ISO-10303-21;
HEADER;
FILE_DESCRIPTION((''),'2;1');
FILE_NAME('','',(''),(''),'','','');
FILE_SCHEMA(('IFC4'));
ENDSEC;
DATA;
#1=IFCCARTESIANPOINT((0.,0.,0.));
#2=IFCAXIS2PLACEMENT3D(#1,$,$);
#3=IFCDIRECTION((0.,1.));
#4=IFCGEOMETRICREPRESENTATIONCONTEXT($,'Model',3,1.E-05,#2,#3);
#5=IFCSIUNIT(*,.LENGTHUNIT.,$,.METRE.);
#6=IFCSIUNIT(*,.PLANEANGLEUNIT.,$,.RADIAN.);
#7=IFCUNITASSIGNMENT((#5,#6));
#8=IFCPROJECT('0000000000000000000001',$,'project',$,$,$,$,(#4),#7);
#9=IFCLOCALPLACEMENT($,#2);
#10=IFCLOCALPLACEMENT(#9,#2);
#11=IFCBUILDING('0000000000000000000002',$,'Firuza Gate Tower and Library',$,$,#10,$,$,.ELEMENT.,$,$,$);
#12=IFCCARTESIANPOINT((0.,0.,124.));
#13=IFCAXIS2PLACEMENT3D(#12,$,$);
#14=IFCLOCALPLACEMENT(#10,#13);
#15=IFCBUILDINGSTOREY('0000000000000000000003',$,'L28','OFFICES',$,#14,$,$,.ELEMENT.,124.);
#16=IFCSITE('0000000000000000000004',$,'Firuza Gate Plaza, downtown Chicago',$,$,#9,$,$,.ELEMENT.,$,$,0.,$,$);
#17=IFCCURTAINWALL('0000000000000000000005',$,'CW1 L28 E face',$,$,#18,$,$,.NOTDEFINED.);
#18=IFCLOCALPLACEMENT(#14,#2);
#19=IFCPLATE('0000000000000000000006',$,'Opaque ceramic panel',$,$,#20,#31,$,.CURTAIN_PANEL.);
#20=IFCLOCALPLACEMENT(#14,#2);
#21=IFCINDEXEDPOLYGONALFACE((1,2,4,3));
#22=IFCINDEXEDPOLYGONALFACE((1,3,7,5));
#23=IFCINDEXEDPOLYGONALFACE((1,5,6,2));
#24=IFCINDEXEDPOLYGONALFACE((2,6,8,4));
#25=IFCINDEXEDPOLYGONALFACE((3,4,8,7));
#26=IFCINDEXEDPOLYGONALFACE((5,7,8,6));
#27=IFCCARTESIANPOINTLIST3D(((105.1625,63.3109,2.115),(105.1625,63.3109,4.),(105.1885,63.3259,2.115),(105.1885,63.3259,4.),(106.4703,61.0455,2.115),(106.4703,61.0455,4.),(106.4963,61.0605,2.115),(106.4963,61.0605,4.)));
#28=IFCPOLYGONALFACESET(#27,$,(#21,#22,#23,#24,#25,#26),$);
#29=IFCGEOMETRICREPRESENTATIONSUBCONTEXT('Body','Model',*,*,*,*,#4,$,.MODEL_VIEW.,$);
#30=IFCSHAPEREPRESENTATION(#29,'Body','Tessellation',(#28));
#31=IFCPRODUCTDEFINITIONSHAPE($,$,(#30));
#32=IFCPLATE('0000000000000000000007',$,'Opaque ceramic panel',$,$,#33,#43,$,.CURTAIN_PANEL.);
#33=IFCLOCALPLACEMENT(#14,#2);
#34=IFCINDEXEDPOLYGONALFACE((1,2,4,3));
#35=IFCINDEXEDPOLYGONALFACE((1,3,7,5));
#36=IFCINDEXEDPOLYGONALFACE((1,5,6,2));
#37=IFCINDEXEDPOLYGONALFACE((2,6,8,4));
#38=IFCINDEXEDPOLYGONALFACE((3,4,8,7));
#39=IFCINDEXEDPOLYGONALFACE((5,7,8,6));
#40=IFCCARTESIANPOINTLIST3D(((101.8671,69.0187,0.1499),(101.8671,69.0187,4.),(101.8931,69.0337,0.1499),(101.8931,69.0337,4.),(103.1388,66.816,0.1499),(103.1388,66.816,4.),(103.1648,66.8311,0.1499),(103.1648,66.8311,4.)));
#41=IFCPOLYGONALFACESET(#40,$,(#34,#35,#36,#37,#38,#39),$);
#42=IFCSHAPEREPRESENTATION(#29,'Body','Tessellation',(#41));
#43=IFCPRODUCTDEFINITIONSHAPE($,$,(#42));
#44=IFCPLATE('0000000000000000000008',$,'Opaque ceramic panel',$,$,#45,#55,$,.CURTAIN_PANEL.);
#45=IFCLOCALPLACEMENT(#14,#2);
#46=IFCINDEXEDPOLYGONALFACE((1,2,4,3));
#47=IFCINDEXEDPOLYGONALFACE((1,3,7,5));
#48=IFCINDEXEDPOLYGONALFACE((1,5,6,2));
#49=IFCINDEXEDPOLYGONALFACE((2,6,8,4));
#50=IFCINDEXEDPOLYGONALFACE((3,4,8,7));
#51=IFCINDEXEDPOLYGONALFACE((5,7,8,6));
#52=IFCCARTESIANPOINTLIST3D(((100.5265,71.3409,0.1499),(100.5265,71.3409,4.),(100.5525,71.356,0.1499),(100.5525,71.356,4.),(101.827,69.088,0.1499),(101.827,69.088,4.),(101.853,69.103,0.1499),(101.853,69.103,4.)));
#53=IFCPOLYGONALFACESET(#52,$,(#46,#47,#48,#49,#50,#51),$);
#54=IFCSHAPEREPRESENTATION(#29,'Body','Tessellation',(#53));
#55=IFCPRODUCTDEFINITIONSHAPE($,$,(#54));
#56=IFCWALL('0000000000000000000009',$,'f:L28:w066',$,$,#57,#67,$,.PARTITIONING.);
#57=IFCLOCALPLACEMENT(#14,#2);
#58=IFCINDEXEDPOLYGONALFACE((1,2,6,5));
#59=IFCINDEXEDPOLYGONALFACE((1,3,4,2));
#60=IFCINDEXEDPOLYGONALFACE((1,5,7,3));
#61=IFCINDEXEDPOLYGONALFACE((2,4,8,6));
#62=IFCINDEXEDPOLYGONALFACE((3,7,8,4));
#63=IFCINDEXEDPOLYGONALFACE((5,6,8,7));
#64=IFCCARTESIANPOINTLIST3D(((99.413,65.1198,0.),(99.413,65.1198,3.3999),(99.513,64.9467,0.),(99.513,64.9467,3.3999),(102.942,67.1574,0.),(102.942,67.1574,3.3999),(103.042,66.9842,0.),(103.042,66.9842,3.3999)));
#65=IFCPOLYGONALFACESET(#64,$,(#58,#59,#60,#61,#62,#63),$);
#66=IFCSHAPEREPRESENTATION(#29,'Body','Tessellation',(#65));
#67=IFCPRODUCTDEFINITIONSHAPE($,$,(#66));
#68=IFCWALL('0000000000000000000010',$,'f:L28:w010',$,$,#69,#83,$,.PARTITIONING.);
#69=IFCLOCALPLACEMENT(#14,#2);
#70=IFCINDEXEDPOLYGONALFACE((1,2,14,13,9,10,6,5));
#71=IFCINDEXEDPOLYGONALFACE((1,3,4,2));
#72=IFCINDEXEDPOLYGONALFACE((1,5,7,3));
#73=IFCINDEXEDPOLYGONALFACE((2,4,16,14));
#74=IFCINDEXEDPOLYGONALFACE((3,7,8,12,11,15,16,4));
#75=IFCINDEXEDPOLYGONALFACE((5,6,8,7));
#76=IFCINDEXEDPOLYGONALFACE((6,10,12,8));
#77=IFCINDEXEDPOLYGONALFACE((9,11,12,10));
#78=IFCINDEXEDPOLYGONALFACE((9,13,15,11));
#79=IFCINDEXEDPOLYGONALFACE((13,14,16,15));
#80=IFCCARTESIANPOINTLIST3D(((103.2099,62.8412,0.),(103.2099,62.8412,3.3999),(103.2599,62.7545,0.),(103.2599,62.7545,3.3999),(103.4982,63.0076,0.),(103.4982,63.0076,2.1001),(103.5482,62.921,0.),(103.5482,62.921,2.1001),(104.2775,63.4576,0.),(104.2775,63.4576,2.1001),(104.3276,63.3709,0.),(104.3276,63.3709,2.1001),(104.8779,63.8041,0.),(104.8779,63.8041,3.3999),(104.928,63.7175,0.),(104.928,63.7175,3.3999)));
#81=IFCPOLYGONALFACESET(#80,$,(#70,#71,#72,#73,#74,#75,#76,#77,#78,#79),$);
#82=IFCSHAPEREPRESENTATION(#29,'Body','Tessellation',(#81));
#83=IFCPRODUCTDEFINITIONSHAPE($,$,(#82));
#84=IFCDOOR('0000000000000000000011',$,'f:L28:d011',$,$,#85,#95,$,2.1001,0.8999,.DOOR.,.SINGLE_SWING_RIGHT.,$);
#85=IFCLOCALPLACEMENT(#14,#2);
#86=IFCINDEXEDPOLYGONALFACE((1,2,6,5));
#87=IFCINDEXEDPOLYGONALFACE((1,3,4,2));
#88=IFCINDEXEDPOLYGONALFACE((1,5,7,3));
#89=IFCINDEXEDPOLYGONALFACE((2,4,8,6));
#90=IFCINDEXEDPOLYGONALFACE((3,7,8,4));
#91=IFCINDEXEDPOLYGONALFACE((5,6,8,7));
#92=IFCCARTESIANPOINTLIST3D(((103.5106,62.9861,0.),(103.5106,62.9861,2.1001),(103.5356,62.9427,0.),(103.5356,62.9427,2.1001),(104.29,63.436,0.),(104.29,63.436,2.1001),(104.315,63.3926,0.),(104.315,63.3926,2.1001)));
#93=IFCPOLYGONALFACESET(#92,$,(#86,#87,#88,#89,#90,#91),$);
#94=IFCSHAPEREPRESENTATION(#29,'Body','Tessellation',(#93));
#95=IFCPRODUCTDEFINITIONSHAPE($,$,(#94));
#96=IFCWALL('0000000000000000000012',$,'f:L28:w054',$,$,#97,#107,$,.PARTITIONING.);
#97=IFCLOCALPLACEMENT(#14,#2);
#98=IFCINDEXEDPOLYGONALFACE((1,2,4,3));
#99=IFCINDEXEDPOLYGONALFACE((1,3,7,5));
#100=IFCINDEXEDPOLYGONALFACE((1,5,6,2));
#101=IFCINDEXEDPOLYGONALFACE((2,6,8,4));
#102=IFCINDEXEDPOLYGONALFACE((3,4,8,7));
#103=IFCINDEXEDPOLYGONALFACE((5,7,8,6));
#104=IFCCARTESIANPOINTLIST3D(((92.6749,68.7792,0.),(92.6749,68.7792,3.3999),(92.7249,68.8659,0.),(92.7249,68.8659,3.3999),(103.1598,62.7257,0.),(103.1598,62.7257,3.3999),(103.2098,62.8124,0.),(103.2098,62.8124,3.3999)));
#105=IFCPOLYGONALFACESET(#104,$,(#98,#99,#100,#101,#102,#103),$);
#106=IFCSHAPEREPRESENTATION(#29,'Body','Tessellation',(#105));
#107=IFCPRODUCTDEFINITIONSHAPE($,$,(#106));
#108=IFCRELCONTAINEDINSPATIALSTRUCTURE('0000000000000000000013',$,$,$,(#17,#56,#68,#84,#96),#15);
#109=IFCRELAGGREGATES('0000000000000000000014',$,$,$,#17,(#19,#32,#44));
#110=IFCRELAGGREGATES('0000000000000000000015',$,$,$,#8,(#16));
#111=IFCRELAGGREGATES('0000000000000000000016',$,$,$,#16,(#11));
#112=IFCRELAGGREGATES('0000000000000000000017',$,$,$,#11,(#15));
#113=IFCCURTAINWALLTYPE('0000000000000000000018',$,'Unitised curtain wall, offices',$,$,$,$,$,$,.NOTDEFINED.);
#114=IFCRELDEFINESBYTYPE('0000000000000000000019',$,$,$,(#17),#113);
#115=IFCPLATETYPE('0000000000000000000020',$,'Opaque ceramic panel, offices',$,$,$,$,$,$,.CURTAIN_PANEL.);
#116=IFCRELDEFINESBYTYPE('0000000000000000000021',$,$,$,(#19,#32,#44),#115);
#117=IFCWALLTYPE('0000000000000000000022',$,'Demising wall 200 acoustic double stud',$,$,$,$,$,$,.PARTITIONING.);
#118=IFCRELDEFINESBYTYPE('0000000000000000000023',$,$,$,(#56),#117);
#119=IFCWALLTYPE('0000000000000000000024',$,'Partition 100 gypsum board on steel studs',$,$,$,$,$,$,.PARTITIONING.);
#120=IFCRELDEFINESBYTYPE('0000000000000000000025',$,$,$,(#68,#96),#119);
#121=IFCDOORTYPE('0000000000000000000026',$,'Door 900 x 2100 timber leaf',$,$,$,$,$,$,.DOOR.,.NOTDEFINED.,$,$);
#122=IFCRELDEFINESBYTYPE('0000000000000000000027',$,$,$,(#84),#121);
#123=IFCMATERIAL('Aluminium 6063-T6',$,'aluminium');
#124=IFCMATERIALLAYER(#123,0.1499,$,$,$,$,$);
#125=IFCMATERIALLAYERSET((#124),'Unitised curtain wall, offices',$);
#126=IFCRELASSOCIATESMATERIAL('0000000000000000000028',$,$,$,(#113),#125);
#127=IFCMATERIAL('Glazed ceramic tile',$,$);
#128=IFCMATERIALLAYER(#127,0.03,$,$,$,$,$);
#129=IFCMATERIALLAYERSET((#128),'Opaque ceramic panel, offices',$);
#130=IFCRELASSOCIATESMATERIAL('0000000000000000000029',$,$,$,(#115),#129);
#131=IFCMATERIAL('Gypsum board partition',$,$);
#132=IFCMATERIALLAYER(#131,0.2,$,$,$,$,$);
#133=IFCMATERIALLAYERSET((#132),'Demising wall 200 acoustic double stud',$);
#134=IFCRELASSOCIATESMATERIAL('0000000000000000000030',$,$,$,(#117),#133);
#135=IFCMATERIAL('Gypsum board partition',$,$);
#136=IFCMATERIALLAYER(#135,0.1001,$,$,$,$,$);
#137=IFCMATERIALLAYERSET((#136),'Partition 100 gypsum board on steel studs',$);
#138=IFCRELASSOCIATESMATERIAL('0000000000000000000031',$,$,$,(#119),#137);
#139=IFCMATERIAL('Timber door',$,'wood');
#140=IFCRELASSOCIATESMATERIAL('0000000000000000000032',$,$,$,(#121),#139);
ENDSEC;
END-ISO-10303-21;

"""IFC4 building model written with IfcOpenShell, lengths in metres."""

from ifc_helpers import new_model, si_unit, direction, frame, frame_2d, origin, place, context, subcontext, project, spatial, polyline, rectangle, outline, extrude, material, layer, layer_set, type_object, element, fill, aggregate, save


model = new_model("IFC4")

# Units and contexts
model_context = context("Model", 3, precision=1e-05, world=origin(), true_north=direction((0.0, 1.0)))
body_context = subcontext(model_context, "Body", "Model", "MODEL_VIEW")
ifc_project = project(units=[si_unit("LENGTHUNIT", "METRE"), si_unit("PLANEANGLEUNIT", "RADIAN")], contexts=[model_context])

# Site, building, storey
site_placement = place(None, origin())
site = spatial("IfcSite", under=ifc_project, at=site_placement, Name="Firuza Gate Plaza, downtown Chicago", CompositionType="ELEMENT", RefElevation=0.0)
building_placement = place(site_placement, origin())
building = spatial("IfcBuilding", under=site, at=building_placement, Name="Firuza Gate Tower and Library", CompositionType="ELEMENT")
storey_placement = place(building_placement, frame((0.0, 0.0, 124.0)))
storey = spatial("IfcBuildingStorey", under=building, at=storey_placement, Name="L28", Description="OFFICES", CompositionType="ELEMENT", Elevation=124.0)

# Curtain wall
ifc_material_1 = material(Name="Aluminium 6063-T6", Category="aluminium")
ifc_layer_1 = layer(ifc_material_1, 0.1499)
ifc_layer_set_1 = layer_set([ifc_layer_1], Name="Unitised curtain wall, offices")
curtain_wall_type = type_object("IfcCurtainWallType", Name="Unitised curtain wall, offices", PredefinedType="NOTDEFINED", material=ifc_layer_set_1)
curtain_wall_placement = place(storey_placement, origin())
curtain_wall = element("IfcCurtainWall", 1, at=curtain_wall_placement, inside=storey, type_object=curtain_wall_type, Name="CW1 L28 E face", PredefinedType="NOTDEFINED")

# Plates
ifc_material_2 = material(Name="Glazed ceramic tile")
ifc_layer_2 = layer(ifc_material_2, 0.03)
ifc_layer_set_2 = layer_set([ifc_layer_2], Name="Opaque ceramic panel, offices")
plate_type_1 = type_object("IfcPlateType", Name="Opaque ceramic panel, offices", PredefinedType="CURTAIN_PANEL", material=ifc_layer_set_2)
plate_1_placement = place(storey_placement, frame((106.4963, 61.0605, 2.115), z_axis=(0.866035, 0.499984, 0.0), x_axis=(-0.499984, 0.866035, 0.0)))
plate_1 = element("IfcPlate", 2, at=plate_1_placement, type_object=plate_type_1, Name="Opaque ceramic panel", PredefinedType="CURTAIN_PANEL", context=body_context, shape_type="SweptSolid", body=[
    extrude(outline(polyline([(0.0, 0.0), (2.6158, 0.0), (2.6158, 1.885), (0.0, 1.885), (0.0, 0.0)])), origin(), (0.0, 0.0, -1.0), 0.03),
])
plate_2_placement = place(storey_placement, frame((103.1648, 66.8311, 0.1499), z_axis=(0.866019, 0.500011, 0.0), x_axis=(-0.500011, 0.866019, 0.0)))
plate_2 = element("IfcPlate", 3, at=plate_2_placement, type_object=plate_type_1, Name="Opaque ceramic panel", PredefinedType="CURTAIN_PANEL", context=body_context, shape_type="SweptSolid", body=[
    extrude(outline(polyline([(0.0, 0.0), (2.5434, 0.0), (2.5434, 3.8501), (0.0, 3.8501), (0.0, 0.0)])), origin(), (0.0, 0.0, -1.0), 0.03),
])
plate_3_placement = place(storey_placement, frame((101.853, 69.103, 0.1499), z_axis=(0.866057, 0.499945, 0.0), x_axis=(-0.499945, 0.866057, 0.0)))
plate_3 = element("IfcPlate", 4, at=plate_3_placement, type_object=plate_type_1, Name="Opaque ceramic panel", PredefinedType="CURTAIN_PANEL", context=body_context, shape_type="SweptSolid", body=[
    extrude(outline(polyline([(0.0, 0.0), (2.6014, 0.0), (2.6014, 3.8501), (0.0, 3.8501), (0.0, 0.0)])), origin(), (0.0, 0.0, -1.0), 0.03),
])
aggregate(curtain_wall, [plate_1, plate_2, plate_3])

# Wall
ifc_material_3 = material(Name="Gypsum board partition")
ifc_layer_3 = layer(ifc_material_3, 0.2)
ifc_layer_set_3 = layer_set([ifc_layer_3], Name="Demising wall 200 acoustic double stud")
wall_type_1 = type_object("IfcWallType", Name="Demising wall 200 acoustic double stud", PredefinedType="PARTITIONING", material=ifc_layer_set_3)
wall_1_placement = place(storey_placement, frame((99.4629, 65.0332, 0.0), z_axis=(0.0, 0.0, 1.0), x_axis=(0.866015, 0.500018, 0.0)))
element("IfcWall", 5, at=wall_1_placement, inside=storey, type_object=wall_type_1, Name="f:L28:w066", PredefinedType="PARTITIONING", context=body_context, shape_type="SweptSolid", body=[
    extrude(rectangle(XDim=4.075, YDim=0.2, at=frame_2d((2.0376, 0.0))), origin(), (0.0, 0.0, 1.0), 3.3999),
])

# Wall, opening, door
ifc_material_4 = material(Name="Gypsum board partition")
ifc_layer_4 = layer(ifc_material_4, 0.1001)
ifc_layer_set_4 = layer_set([ifc_layer_4], Name="Partition 100 gypsum board on steel studs")
wall_type_2 = type_object("IfcWallType", Name="Partition 100 gypsum board on steel studs", PredefinedType="PARTITIONING", material=ifc_layer_set_4)
wall_2_placement = place(storey_placement, frame((104.9028, 63.7607, 0.0), z_axis=(0.0, 0.0, 1.0), x_axis=(-0.86605, -0.499957, 0.0)))
wall_2 = element("IfcWall", 6, at=wall_2_placement, inside=storey, type_object=wall_type_2, Name="f:L28:w010", PredefinedType="PARTITIONING", context=body_context, shape_type="SweptSolid", body=[
    extrude(rectangle(XDim=1.926, YDim=0.1001, at=frame_2d((0.9629, 0.0))), origin(), (0.0, 0.0, 1.0), 3.3999),
])
opening_placement = place(wall_2_placement, frame((0.6931, 0.0, 0.0)))
opening = element("IfcOpeningElement", 7, at=opening_placement, cuts=wall_2, PredefinedType="OPENING", context=body_context, shape_type="SweptSolid", body=[
    extrude(rectangle(XDim=0.8999, YDim=2.1001, at=frame_2d((0.45, 1.05))), frame((0.0, 0.0601, 0.0), z_axis=(0.0, -1.0, 0.0), x_axis=(1.0, 0.0, 0.0)), (0.0, 0.0, 1.0), 0.1201),
])
ifc_material_5 = material(Name="Timber door", Category="wood")
door_type = type_object("IfcDoorType", Name="Door 900 x 2100 timber leaf", OperationType="NOTDEFINED", PredefinedType="DOOR", material=ifc_material_5)
door_placement = place(opening_placement, origin())
door = element("IfcDoor", 8, at=door_placement, inside=storey, type_object=door_type, Name="f:L28:d011", OperationType="SINGLE_SWING_RIGHT", OverallHeight=2.1001, OverallWidth=0.8999, PredefinedType="DOOR", context=body_context, shape_type="SweptSolid", body=[
    extrude(rectangle(XDim=0.8999, YDim=2.1001, at=frame_2d((0.45, 1.05))), frame((0.0, 0.0249, 0.0), z_axis=(0.0, -1.0, 0.0), x_axis=(1.0, 0.0, 0.0)), (0.0, 0.0, 1.0), 0.05),
])
fill(opening, door)

# Wall
wall_3_placement = place(storey_placement, frame((103.1848, 62.769, 0.0), z_axis=(0.0, 0.0, 1.0), x_axis=(-0.866024, 0.500002, 0.0)))
element("IfcWall", 9, at=wall_3_placement, inside=storey, type_object=wall_type_2, Name="f:L28:w054", PredefinedType="PARTITIONING", context=body_context, shape_type="SweptSolid", body=[
    extrude(rectangle(XDim=12.1069, YDim=0.1001, at=frame_2d((6.0535, 0.0))), origin(), (0.0, 0.0, 1.0), 3.3999),
])

save(model, "model.ifc")
